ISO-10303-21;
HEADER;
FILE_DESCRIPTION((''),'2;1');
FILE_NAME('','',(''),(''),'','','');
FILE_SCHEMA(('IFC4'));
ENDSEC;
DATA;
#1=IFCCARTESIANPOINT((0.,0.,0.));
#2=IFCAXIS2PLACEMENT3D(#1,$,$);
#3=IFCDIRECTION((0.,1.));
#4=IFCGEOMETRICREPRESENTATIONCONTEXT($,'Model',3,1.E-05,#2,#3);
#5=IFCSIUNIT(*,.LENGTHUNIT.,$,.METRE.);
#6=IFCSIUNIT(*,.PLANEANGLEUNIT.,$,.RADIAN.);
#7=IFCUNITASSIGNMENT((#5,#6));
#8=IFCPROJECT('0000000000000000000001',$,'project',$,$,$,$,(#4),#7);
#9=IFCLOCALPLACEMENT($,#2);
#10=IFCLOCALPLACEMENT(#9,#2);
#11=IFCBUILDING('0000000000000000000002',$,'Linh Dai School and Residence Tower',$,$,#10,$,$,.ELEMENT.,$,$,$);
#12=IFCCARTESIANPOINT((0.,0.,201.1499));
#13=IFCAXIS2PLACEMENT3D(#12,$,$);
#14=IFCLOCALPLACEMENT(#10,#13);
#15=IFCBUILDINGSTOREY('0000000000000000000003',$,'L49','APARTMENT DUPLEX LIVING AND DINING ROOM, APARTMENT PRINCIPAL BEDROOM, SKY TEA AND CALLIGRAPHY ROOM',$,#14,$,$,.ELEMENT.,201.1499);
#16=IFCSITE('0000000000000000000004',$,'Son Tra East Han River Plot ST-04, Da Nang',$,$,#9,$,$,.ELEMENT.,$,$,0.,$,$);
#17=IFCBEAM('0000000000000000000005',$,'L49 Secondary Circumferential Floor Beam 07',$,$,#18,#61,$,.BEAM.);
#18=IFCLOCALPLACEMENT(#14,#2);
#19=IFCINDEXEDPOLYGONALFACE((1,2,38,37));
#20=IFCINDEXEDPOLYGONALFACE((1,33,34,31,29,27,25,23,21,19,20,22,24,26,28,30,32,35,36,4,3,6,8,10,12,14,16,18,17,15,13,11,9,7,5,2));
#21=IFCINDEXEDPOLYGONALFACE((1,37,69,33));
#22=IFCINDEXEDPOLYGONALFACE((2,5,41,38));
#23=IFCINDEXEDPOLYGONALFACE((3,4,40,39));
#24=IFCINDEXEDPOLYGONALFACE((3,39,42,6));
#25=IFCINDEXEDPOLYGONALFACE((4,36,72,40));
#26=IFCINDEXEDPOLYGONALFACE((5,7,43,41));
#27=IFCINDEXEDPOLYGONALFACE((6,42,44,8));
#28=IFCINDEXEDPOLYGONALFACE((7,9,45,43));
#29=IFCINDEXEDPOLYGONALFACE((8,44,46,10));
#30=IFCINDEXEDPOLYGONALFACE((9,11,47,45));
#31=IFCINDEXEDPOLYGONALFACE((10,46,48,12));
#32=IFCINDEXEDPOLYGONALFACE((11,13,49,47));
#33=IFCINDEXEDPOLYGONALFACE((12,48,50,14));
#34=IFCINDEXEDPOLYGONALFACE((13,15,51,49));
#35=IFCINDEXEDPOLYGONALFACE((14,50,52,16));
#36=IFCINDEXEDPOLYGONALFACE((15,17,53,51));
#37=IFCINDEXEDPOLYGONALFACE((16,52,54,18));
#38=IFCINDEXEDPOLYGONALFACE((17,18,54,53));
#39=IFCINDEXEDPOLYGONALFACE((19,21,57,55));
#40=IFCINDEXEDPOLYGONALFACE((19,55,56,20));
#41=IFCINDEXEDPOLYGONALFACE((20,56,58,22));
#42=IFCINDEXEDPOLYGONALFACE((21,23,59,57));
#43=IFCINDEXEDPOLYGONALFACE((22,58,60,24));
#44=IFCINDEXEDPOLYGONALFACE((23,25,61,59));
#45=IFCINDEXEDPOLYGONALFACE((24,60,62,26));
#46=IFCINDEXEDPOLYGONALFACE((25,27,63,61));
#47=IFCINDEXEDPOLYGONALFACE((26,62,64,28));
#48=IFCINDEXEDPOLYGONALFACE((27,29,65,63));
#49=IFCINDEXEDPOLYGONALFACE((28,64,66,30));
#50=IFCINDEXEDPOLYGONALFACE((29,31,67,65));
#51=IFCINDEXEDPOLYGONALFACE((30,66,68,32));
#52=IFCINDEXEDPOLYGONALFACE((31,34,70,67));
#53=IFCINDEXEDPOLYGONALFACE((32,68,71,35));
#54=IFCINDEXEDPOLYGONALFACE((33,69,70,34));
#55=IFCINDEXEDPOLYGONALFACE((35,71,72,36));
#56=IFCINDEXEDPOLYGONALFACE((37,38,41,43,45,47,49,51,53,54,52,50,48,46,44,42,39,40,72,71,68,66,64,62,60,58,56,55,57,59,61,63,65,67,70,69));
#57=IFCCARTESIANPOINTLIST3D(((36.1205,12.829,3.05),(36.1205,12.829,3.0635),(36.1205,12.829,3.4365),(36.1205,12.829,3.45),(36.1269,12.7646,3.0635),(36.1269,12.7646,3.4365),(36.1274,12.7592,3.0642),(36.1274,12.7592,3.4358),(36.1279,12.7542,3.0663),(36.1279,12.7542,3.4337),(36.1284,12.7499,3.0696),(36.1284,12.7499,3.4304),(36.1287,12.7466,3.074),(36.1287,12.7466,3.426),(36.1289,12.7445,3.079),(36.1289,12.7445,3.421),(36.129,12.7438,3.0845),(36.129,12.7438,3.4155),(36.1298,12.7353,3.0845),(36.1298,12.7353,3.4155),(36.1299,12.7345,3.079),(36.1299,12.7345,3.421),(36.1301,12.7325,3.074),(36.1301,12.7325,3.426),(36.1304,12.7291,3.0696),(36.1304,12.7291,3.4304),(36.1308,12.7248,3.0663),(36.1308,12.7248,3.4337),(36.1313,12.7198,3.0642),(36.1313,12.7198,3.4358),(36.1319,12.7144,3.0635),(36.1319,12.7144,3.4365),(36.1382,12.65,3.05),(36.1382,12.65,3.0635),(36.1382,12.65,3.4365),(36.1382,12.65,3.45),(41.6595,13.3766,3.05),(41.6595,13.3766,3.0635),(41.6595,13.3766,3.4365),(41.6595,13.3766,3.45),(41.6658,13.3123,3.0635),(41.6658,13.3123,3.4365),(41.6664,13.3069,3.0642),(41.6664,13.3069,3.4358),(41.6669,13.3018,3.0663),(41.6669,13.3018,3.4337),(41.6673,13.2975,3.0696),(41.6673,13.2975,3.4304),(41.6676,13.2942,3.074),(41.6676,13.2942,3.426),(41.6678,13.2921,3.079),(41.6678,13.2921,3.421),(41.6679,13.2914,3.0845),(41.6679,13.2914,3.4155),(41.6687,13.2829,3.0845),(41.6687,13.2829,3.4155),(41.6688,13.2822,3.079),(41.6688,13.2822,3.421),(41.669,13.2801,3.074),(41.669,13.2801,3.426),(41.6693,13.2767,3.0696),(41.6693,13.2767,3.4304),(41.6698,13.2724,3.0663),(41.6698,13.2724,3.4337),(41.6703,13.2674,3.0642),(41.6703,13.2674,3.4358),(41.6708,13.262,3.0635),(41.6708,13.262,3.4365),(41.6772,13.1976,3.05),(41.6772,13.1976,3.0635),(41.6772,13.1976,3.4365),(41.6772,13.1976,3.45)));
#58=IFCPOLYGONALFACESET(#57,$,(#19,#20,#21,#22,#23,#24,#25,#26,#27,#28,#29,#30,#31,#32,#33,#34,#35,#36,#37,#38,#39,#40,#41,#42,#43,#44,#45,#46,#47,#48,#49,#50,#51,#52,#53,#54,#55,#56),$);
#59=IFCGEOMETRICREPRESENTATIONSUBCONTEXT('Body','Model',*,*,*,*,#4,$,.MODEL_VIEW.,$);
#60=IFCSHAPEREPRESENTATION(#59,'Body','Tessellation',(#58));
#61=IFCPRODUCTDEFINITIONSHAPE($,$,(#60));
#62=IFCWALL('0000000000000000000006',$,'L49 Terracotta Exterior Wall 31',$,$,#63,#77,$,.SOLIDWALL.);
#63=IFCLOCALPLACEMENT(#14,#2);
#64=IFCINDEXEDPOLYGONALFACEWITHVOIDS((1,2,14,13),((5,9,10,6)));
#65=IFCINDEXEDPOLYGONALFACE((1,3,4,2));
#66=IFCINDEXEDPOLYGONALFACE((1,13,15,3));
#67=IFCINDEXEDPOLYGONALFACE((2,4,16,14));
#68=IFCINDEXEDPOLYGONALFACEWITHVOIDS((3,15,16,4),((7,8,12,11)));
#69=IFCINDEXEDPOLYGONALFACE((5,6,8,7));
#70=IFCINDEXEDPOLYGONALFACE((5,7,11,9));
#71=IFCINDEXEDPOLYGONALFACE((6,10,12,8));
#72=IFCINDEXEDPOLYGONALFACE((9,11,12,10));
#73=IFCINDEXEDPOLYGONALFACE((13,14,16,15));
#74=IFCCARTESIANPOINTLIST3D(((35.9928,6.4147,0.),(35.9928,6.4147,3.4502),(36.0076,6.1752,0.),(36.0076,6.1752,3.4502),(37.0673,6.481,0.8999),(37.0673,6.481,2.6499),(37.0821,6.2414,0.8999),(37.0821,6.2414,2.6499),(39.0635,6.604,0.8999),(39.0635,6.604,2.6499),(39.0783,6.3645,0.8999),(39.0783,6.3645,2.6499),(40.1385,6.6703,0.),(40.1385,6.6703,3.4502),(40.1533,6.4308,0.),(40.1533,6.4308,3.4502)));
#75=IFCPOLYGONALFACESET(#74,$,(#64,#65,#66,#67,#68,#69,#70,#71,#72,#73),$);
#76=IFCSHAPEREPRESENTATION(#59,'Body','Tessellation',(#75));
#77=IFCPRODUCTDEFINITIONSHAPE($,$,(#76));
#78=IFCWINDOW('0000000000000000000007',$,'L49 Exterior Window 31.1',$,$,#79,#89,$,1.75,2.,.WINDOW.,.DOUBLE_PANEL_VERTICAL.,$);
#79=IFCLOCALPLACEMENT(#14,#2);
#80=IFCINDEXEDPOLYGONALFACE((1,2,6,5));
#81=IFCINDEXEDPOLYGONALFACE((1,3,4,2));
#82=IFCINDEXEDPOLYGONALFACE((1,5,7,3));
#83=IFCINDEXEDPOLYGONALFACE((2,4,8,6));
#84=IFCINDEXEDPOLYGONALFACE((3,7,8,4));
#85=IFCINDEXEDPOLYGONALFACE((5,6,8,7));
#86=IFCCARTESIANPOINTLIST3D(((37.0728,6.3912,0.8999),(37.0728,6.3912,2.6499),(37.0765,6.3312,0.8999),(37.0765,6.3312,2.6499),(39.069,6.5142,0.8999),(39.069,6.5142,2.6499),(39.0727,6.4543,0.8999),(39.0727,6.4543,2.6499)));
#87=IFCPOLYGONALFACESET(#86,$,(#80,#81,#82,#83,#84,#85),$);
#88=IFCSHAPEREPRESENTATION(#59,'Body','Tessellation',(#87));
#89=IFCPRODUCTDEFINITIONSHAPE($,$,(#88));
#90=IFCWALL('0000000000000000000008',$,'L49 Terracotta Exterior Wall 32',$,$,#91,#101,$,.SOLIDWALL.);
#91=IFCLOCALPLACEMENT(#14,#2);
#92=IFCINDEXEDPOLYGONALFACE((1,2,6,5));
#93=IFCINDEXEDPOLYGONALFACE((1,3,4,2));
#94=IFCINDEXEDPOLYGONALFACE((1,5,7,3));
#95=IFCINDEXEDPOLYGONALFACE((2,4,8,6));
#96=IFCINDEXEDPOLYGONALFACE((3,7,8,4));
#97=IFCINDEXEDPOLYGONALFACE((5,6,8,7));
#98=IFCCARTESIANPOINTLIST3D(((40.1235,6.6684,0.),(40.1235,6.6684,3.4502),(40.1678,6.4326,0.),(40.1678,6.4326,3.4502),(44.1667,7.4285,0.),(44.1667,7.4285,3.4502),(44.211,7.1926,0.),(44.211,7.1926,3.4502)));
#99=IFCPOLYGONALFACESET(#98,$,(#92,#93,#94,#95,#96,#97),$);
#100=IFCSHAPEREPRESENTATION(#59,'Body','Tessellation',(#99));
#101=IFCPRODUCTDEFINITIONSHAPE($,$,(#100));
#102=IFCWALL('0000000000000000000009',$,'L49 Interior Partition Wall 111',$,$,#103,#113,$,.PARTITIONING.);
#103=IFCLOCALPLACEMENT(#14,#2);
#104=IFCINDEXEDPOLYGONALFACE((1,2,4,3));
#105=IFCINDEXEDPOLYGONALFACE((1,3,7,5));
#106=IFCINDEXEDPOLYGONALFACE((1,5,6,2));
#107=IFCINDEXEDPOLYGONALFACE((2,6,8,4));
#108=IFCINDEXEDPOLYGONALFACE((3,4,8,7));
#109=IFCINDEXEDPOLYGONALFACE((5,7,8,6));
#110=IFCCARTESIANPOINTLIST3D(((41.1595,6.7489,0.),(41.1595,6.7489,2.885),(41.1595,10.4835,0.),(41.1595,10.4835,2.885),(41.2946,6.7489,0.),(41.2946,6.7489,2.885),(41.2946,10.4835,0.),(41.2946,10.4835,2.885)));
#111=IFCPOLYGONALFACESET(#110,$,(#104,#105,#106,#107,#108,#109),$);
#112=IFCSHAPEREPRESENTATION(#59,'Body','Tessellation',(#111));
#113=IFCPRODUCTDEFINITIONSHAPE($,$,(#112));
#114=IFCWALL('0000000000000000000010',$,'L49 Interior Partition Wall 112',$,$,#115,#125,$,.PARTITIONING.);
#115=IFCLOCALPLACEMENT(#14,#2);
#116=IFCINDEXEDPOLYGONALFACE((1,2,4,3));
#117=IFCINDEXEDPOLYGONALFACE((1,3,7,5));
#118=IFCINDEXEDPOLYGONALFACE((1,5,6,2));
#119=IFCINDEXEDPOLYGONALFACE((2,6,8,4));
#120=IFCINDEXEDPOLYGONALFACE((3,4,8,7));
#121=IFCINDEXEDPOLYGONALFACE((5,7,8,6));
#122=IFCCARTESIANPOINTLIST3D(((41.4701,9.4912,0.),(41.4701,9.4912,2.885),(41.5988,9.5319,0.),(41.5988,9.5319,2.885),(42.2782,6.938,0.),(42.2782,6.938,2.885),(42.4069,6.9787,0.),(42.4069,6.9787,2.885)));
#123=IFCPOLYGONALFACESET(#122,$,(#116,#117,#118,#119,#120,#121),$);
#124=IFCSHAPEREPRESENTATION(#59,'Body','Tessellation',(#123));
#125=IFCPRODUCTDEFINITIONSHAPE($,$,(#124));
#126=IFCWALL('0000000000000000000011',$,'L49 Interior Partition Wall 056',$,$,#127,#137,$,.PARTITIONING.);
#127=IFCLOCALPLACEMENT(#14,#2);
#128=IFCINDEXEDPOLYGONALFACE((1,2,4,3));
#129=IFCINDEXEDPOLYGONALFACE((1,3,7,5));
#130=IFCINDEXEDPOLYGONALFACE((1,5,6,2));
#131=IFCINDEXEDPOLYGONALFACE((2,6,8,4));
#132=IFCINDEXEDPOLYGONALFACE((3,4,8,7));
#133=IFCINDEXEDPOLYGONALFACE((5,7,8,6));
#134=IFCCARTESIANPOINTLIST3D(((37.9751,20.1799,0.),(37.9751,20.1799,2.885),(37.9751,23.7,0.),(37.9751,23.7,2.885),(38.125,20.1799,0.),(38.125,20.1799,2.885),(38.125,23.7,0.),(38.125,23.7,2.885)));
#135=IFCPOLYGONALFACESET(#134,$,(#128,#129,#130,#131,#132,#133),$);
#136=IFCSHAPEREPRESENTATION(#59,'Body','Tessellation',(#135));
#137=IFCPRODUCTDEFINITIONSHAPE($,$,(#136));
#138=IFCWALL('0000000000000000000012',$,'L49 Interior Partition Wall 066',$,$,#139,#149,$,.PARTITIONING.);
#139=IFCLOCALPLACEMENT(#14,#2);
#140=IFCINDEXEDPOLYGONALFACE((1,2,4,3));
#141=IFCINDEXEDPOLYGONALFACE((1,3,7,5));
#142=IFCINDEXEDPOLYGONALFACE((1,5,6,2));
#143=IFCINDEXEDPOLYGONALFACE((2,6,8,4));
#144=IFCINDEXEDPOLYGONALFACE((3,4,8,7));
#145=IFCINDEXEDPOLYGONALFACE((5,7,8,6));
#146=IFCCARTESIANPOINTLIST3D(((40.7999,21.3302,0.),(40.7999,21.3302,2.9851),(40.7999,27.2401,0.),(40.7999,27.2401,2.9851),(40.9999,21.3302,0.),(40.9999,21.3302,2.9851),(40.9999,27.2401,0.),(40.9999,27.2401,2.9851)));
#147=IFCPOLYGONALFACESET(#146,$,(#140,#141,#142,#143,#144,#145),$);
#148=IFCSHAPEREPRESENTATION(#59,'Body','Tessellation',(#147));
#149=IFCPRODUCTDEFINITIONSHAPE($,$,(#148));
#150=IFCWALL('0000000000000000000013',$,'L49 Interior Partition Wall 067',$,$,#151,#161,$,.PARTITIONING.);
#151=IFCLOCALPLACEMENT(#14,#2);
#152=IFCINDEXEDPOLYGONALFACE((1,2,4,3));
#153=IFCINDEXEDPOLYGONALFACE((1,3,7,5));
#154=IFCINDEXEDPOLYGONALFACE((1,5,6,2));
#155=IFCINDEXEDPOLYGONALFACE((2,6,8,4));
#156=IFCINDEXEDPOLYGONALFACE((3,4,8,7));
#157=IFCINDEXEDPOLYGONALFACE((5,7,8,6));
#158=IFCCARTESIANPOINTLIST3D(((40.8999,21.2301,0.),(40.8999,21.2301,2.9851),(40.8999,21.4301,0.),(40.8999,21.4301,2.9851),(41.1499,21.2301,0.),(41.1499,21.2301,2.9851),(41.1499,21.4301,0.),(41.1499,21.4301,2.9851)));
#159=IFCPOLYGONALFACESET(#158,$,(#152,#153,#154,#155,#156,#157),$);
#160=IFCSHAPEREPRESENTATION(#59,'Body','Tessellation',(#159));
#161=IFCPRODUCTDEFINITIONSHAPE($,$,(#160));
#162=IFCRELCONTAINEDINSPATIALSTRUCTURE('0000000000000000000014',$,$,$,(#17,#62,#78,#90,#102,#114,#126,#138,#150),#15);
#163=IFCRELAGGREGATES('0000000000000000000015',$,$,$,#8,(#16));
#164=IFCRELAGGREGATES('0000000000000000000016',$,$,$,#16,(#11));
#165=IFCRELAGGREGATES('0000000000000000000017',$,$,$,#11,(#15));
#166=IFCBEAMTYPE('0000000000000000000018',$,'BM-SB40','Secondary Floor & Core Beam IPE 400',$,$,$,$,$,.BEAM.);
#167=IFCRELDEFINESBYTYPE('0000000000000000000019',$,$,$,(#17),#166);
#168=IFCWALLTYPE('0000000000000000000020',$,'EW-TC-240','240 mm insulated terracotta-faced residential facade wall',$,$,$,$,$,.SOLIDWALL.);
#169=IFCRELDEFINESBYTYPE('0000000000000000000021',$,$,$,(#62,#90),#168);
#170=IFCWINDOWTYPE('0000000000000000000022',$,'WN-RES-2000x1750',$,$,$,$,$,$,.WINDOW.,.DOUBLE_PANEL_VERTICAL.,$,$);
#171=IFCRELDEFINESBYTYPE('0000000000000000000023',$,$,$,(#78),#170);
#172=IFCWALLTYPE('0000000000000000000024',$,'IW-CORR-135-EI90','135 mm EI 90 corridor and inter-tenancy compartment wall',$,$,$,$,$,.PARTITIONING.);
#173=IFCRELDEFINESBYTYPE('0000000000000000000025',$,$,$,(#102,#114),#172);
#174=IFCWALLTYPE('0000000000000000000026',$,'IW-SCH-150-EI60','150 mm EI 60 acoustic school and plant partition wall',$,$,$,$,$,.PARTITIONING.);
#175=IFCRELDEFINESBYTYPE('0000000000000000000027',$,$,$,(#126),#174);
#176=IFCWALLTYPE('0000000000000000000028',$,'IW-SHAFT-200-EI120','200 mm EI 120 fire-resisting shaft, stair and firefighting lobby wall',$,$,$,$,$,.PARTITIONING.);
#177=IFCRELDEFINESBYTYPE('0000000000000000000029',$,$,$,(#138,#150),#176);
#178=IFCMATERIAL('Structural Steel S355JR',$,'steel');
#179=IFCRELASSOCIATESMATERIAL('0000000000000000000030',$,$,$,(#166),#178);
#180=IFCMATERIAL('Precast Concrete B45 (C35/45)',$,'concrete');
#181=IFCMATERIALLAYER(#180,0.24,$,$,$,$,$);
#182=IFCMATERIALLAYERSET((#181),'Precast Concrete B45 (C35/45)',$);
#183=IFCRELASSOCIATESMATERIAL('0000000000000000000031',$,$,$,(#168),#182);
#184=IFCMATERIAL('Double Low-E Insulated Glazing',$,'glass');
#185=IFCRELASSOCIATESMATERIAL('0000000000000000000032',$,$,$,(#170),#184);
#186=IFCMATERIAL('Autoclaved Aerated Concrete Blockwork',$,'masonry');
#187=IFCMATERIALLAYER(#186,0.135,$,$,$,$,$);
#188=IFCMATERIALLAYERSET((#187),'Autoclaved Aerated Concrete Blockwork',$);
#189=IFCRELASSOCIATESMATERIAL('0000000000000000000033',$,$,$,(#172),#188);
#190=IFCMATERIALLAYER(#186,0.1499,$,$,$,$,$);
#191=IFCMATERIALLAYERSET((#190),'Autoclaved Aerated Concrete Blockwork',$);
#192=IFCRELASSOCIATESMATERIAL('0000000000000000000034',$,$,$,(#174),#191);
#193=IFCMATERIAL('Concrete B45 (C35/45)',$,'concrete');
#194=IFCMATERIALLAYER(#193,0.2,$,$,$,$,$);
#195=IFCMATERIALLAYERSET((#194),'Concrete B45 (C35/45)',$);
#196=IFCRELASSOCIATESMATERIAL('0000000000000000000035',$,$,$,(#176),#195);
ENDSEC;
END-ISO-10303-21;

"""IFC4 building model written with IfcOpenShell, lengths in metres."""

from ifc_helpers import new_model, si_unit, direction, frame, frame_2d, origin, origin_2d, place, context, subcontext, project, spatial, rectangle, i_section, extrude, source, transform, mapped, material, layer, layer_set, material_profile, profile_set, type_object, element, fill, save


model = new_model("IFC4")

# Units and contexts
model_context = context("Model", 3, precision=1e-05, world=origin(), true_north=direction((0.0, 1.0)))
body_context = subcontext(model_context, "Body", "Model", "MODEL_VIEW")
ifc_project = project(units=[si_unit("LENGTHUNIT", "METRE"), si_unit("PLANEANGLEUNIT", "RADIAN")], contexts=[model_context])

# Site, building, storey
site_placement = place(None, origin())
site = spatial("IfcSite", under=ifc_project, at=site_placement, Name="Son Tra East Han River Plot ST-04, Da Nang", CompositionType="ELEMENT", RefElevation=0.0)
building_placement = place(site_placement, origin())
building = spatial("IfcBuilding", under=site, at=building_placement, Name="Linh Dai School and Residence Tower", CompositionType="ELEMENT")
storey_placement = place(building_placement, frame((0.0, 0.0, 201.1499)))
storey = spatial("IfcBuildingStorey", under=building, at=storey_placement, Name="L49", Description="APARTMENT DUPLEX LIVING AND DINING ROOM, APARTMENT PRINCIPAL BEDROOM, SKY TEA AND CALLIGRAPHY ROOM", CompositionType="ELEMENT", Elevation=201.1499)

# Shared definitions
ifc_material_1 = material(Name="Structural Steel S355JR", Category="steel")

# Beam
ifc_material_profile_1 = material_profile(ifc_material_1, i_section(OverallWidth=0.1799, OverallDepth=0.3999, WebThickness=0.0085, FlangeThickness=0.0134, FilletRadius=0.021, at=origin_2d()), Name="IPE 400")
ifc_profile_set_1 = profile_set([ifc_material_profile_1], Name="Structural Steel S355JR")
beam_type_1 = type_object("IfcBeamType", Name="BM-SB40", Description="Secondary Floor & Core Beam IPE 400", PredefinedType="BEAM", material=ifc_profile_set_1)
beam_1_placement = place(storey_placement, frame((36.1294, 12.7395, 3.25), z_axis=(0.995148, 0.098388, 0.0), x_axis=(-0.098388, 0.995148, 0.0)))
element("IfcBeam", 1, at=beam_1_placement, inside=storey, type_object=beam_type_1, Name="L49 Secondary Circumferential Floor Beam 07", PredefinedType="BEAM", context=body_context, shape_type="SweptSolid", body=[
    extrude(i_section(OverallWidth=0.1799, OverallDepth=0.3999, WebThickness=0.0085, FlangeThickness=0.0134, FilletRadius=0.021, at=origin_2d()), origin(), (0.0, 0.0, 1.0), 5.5659),
])

# Shared definitions
ifc_material_2 = material(Name="Precast Concrete B45 (C35/45)", Category="concrete")
ifc_layer_1 = layer(ifc_material_2, 0.24)
ifc_layer_set_1 = layer_set([ifc_layer_1], Name="Precast Concrete B45 (C35/45)")
wall_type_1 = type_object("IfcWallType", Name="EW-TC-240", Description="240 mm insulated terracotta-faced residential facade wall", PredefinedType="SOLIDWALL", material=ifc_layer_set_1)

# Wall, opening, window
wall_1_placement = place(storey_placement, frame((40.1458, 6.5505, 0.0), z_axis=(0.0, 0.0, 1.0), x_axis=(-0.998105, -0.06154, 0.0)))
wall_1 = element("IfcWall", 2, at=wall_1_placement, inside=storey, type_object=wall_type_1, Name="L49 Terracotta Exterior Wall 31", PredefinedType="SOLIDWALL", context=body_context, shape_type="SweptSolid", body=[
    extrude(rectangle(XDim=4.1536, YDim=0.24, at=frame_2d((2.0767, 0.0))), origin(), (0.0, 0.0, 1.0), 3.4502),
])
opening_1_placement = place(wall_1_placement, frame((1.0769, 0.0, 0.8999)))
opening_1 = element("IfcOpeningElement", 3, at=opening_1_placement, cuts=wall_1, PredefinedType="OPENING", context=body_context, shape_type="SweptSolid", body=[
    extrude(rectangle(XDim=2.0, YDim=1.75, at=origin_2d()), frame((1.0, 0.1299, 0.875), z_axis=(0.0, -1.0, 0.0), x_axis=(1.0, 0.0, 0.0)), (0.0, 0.0, 1.0), 0.26),
])
ifc_material_3 = material(Name="Double Low-E Insulated Glazing", Category="glass")
window_type = type_object("IfcWindowType", Name="WN-RES-2000x1750", PartitioningType="DOUBLE_PANEL_VERTICAL", PredefinedType="WINDOW", material=ifc_material_3)
shared_shape_1 = source(origin(), body_context, "Body", "SweptSolid", [
    extrude(rectangle(XDim=2.0, YDim=1.75, at=origin_2d()), frame((1.0, 0.03, 0.875), z_axis=(0.0, -1.0, 0.0), x_axis=(1.0, 0.0, 0.0)), (0.0, 0.0, 1.0), 0.0601),
])
window_placement = place(opening_1_placement, origin())
window = element("IfcWindow", 4, at=window_placement, inside=storey, type_object=window_type, Name="L49 Exterior Window 31.1", OverallHeight=1.75, OverallWidth=2.0, PartitioningType="DOUBLE_PANEL_VERTICAL", PredefinedType="WINDOW", context=body_context, shape_type="MappedRepresentation", body=[
    mapped(shared_shape_1, transform((0.0, 0.0, 0.0), x_axis=(1.0, 0.0, 0.0), y_axis=(0.0, 1.0, 0.0), z_axis=(0.0, 0.0, 1.0), scale=1.0)),
])
fill(opening_1, window)

# Walls
wall_2_placement = place(storey_placement, frame((44.189, 7.3105, 0.0), z_axis=(0.0, 0.0, 1.0), x_axis=(-0.982788, -0.184736, 0.0)))
element("IfcWall", 5, at=wall_2_placement, inside=storey, type_object=wall_type_1, Name="L49 Terracotta Exterior Wall 32", PredefinedType="SOLIDWALL", context=body_context, shape_type="SweptSolid", body=[
    extrude(rectangle(XDim=4.114, YDim=0.24, at=frame_2d((2.0571, 0.0))), origin(), (0.0, 0.0, 1.0), 3.4502),
])
ifc_material_4 = material(Name="Autoclaved Aerated Concrete Blockwork", Category="masonry")
ifc_layer_2 = layer(ifc_material_4, 0.135)
ifc_layer_set_2 = layer_set([ifc_layer_2], Name="Autoclaved Aerated Concrete Blockwork")
wall_type_2 = type_object("IfcWallType", Name="IW-CORR-135-EI90", Description="135 mm EI 90 corridor and inter-tenancy compartment wall", PredefinedType="PARTITIONING", material=ifc_layer_set_2)
wall_3_placement = place(storey_placement, frame((41.2271, 10.4834, 0.0), z_axis=(0.0, 0.0, 1.0), x_axis=(0.0, -1.0, 0.0)))
element("IfcWall", 6, at=wall_3_placement, inside=storey, type_object=wall_type_2, Name="L49 Interior Partition Wall 111", PredefinedType="PARTITIONING", context=body_context, shape_type="SweptSolid", body=[
    extrude(rectangle(XDim=3.7346, YDim=0.135, at=frame_2d((1.8672, 0.0))), origin(), (0.0, 0.0, 1.0), 2.885),
])
wall_4_placement = place(storey_placement, frame((42.3425, 6.9585, 0.0), z_axis=(0.0, 0.0, 1.0), x_axis=(-0.301751, 0.953387, 0.0)))
element("IfcWall", 7, at=wall_4_placement, inside=storey, type_object=wall_type_2, Name="L49 Interior Partition Wall 112", PredefinedType="PARTITIONING", context=body_context, shape_type="SweptSolid", body=[
    extrude(rectangle(XDim=2.678, YDim=0.135, at=frame_2d((1.3389, 0.0))), origin(), (0.0, 0.0, 1.0), 2.885),
])
ifc_layer_3 = layer(ifc_material_4, 0.1499)
ifc_layer_set_3 = layer_set([ifc_layer_3], Name="Autoclaved Aerated Concrete Blockwork")
wall_type_3 = type_object("IfcWallType", Name="IW-SCH-150-EI60", Description="150 mm EI 60 acoustic school and plant partition wall", PredefinedType="PARTITIONING", material=ifc_layer_set_3)
wall_5_placement = place(storey_placement, frame((38.05, 20.1799, 0.0), z_axis=(0.0, 0.0, 1.0), x_axis=(0.0, 1.0, 0.0)))
element("IfcWall", 8, at=wall_5_placement, inside=storey, type_object=wall_type_3, Name="L49 Interior Partition Wall 056", PredefinedType="PARTITIONING", context=body_context, shape_type="SweptSolid", body=[
    extrude(rectangle(XDim=3.52, YDim=0.1499, at=frame_2d((1.76, 0.0))), origin(), (0.0, 0.0, 1.0), 2.885),
])
ifc_material_5 = material(Name="Concrete B45 (C35/45)", Category="concrete")
ifc_layer_4 = layer(ifc_material_5, 0.2)
ifc_layer_set_4 = layer_set([ifc_layer_4], Name="Concrete B45 (C35/45)")
wall_type_4 = type_object("IfcWallType", Name="IW-SHAFT-200-EI120", Description="200 mm EI 120 fire-resisting shaft, stair and firefighting lobby wall", PredefinedType="PARTITIONING", material=ifc_layer_set_4)
wall_6_placement = place(storey_placement, frame((40.8999, 21.3301, 0.0), z_axis=(0.0, 0.0, 1.0), x_axis=(0.0, 1.0, 0.0)))
element("IfcWall", 9, at=wall_6_placement, inside=storey, type_object=wall_type_4, Name="L49 Interior Partition Wall 066", PredefinedType="PARTITIONING", context=body_context, shape_type="SweptSolid", body=[
    extrude(rectangle(XDim=5.9099, YDim=0.2, at=frame_2d((2.9551, 0.0))), origin(), (0.0, 0.0, 1.0), 2.9851),
])
wall_7_placement = place(storey_placement, frame((40.8999, 21.3301, 0.0), z_axis=(0.0, 0.0, 1.0), x_axis=(1.0, 0.0, 0.0)))
element("IfcWall", 10, at=wall_7_placement, inside=storey, type_object=wall_type_4, Name="L49 Interior Partition Wall 067", PredefinedType="PARTITIONING", context=body_context, shape_type="SweptSolid", body=[
    extrude(rectangle(XDim=0.25, YDim=0.2, at=frame_2d((0.125, 0.0))), origin(), (0.0, 0.0, 1.0), 2.9851),
])

save(model, "model.ifc")
